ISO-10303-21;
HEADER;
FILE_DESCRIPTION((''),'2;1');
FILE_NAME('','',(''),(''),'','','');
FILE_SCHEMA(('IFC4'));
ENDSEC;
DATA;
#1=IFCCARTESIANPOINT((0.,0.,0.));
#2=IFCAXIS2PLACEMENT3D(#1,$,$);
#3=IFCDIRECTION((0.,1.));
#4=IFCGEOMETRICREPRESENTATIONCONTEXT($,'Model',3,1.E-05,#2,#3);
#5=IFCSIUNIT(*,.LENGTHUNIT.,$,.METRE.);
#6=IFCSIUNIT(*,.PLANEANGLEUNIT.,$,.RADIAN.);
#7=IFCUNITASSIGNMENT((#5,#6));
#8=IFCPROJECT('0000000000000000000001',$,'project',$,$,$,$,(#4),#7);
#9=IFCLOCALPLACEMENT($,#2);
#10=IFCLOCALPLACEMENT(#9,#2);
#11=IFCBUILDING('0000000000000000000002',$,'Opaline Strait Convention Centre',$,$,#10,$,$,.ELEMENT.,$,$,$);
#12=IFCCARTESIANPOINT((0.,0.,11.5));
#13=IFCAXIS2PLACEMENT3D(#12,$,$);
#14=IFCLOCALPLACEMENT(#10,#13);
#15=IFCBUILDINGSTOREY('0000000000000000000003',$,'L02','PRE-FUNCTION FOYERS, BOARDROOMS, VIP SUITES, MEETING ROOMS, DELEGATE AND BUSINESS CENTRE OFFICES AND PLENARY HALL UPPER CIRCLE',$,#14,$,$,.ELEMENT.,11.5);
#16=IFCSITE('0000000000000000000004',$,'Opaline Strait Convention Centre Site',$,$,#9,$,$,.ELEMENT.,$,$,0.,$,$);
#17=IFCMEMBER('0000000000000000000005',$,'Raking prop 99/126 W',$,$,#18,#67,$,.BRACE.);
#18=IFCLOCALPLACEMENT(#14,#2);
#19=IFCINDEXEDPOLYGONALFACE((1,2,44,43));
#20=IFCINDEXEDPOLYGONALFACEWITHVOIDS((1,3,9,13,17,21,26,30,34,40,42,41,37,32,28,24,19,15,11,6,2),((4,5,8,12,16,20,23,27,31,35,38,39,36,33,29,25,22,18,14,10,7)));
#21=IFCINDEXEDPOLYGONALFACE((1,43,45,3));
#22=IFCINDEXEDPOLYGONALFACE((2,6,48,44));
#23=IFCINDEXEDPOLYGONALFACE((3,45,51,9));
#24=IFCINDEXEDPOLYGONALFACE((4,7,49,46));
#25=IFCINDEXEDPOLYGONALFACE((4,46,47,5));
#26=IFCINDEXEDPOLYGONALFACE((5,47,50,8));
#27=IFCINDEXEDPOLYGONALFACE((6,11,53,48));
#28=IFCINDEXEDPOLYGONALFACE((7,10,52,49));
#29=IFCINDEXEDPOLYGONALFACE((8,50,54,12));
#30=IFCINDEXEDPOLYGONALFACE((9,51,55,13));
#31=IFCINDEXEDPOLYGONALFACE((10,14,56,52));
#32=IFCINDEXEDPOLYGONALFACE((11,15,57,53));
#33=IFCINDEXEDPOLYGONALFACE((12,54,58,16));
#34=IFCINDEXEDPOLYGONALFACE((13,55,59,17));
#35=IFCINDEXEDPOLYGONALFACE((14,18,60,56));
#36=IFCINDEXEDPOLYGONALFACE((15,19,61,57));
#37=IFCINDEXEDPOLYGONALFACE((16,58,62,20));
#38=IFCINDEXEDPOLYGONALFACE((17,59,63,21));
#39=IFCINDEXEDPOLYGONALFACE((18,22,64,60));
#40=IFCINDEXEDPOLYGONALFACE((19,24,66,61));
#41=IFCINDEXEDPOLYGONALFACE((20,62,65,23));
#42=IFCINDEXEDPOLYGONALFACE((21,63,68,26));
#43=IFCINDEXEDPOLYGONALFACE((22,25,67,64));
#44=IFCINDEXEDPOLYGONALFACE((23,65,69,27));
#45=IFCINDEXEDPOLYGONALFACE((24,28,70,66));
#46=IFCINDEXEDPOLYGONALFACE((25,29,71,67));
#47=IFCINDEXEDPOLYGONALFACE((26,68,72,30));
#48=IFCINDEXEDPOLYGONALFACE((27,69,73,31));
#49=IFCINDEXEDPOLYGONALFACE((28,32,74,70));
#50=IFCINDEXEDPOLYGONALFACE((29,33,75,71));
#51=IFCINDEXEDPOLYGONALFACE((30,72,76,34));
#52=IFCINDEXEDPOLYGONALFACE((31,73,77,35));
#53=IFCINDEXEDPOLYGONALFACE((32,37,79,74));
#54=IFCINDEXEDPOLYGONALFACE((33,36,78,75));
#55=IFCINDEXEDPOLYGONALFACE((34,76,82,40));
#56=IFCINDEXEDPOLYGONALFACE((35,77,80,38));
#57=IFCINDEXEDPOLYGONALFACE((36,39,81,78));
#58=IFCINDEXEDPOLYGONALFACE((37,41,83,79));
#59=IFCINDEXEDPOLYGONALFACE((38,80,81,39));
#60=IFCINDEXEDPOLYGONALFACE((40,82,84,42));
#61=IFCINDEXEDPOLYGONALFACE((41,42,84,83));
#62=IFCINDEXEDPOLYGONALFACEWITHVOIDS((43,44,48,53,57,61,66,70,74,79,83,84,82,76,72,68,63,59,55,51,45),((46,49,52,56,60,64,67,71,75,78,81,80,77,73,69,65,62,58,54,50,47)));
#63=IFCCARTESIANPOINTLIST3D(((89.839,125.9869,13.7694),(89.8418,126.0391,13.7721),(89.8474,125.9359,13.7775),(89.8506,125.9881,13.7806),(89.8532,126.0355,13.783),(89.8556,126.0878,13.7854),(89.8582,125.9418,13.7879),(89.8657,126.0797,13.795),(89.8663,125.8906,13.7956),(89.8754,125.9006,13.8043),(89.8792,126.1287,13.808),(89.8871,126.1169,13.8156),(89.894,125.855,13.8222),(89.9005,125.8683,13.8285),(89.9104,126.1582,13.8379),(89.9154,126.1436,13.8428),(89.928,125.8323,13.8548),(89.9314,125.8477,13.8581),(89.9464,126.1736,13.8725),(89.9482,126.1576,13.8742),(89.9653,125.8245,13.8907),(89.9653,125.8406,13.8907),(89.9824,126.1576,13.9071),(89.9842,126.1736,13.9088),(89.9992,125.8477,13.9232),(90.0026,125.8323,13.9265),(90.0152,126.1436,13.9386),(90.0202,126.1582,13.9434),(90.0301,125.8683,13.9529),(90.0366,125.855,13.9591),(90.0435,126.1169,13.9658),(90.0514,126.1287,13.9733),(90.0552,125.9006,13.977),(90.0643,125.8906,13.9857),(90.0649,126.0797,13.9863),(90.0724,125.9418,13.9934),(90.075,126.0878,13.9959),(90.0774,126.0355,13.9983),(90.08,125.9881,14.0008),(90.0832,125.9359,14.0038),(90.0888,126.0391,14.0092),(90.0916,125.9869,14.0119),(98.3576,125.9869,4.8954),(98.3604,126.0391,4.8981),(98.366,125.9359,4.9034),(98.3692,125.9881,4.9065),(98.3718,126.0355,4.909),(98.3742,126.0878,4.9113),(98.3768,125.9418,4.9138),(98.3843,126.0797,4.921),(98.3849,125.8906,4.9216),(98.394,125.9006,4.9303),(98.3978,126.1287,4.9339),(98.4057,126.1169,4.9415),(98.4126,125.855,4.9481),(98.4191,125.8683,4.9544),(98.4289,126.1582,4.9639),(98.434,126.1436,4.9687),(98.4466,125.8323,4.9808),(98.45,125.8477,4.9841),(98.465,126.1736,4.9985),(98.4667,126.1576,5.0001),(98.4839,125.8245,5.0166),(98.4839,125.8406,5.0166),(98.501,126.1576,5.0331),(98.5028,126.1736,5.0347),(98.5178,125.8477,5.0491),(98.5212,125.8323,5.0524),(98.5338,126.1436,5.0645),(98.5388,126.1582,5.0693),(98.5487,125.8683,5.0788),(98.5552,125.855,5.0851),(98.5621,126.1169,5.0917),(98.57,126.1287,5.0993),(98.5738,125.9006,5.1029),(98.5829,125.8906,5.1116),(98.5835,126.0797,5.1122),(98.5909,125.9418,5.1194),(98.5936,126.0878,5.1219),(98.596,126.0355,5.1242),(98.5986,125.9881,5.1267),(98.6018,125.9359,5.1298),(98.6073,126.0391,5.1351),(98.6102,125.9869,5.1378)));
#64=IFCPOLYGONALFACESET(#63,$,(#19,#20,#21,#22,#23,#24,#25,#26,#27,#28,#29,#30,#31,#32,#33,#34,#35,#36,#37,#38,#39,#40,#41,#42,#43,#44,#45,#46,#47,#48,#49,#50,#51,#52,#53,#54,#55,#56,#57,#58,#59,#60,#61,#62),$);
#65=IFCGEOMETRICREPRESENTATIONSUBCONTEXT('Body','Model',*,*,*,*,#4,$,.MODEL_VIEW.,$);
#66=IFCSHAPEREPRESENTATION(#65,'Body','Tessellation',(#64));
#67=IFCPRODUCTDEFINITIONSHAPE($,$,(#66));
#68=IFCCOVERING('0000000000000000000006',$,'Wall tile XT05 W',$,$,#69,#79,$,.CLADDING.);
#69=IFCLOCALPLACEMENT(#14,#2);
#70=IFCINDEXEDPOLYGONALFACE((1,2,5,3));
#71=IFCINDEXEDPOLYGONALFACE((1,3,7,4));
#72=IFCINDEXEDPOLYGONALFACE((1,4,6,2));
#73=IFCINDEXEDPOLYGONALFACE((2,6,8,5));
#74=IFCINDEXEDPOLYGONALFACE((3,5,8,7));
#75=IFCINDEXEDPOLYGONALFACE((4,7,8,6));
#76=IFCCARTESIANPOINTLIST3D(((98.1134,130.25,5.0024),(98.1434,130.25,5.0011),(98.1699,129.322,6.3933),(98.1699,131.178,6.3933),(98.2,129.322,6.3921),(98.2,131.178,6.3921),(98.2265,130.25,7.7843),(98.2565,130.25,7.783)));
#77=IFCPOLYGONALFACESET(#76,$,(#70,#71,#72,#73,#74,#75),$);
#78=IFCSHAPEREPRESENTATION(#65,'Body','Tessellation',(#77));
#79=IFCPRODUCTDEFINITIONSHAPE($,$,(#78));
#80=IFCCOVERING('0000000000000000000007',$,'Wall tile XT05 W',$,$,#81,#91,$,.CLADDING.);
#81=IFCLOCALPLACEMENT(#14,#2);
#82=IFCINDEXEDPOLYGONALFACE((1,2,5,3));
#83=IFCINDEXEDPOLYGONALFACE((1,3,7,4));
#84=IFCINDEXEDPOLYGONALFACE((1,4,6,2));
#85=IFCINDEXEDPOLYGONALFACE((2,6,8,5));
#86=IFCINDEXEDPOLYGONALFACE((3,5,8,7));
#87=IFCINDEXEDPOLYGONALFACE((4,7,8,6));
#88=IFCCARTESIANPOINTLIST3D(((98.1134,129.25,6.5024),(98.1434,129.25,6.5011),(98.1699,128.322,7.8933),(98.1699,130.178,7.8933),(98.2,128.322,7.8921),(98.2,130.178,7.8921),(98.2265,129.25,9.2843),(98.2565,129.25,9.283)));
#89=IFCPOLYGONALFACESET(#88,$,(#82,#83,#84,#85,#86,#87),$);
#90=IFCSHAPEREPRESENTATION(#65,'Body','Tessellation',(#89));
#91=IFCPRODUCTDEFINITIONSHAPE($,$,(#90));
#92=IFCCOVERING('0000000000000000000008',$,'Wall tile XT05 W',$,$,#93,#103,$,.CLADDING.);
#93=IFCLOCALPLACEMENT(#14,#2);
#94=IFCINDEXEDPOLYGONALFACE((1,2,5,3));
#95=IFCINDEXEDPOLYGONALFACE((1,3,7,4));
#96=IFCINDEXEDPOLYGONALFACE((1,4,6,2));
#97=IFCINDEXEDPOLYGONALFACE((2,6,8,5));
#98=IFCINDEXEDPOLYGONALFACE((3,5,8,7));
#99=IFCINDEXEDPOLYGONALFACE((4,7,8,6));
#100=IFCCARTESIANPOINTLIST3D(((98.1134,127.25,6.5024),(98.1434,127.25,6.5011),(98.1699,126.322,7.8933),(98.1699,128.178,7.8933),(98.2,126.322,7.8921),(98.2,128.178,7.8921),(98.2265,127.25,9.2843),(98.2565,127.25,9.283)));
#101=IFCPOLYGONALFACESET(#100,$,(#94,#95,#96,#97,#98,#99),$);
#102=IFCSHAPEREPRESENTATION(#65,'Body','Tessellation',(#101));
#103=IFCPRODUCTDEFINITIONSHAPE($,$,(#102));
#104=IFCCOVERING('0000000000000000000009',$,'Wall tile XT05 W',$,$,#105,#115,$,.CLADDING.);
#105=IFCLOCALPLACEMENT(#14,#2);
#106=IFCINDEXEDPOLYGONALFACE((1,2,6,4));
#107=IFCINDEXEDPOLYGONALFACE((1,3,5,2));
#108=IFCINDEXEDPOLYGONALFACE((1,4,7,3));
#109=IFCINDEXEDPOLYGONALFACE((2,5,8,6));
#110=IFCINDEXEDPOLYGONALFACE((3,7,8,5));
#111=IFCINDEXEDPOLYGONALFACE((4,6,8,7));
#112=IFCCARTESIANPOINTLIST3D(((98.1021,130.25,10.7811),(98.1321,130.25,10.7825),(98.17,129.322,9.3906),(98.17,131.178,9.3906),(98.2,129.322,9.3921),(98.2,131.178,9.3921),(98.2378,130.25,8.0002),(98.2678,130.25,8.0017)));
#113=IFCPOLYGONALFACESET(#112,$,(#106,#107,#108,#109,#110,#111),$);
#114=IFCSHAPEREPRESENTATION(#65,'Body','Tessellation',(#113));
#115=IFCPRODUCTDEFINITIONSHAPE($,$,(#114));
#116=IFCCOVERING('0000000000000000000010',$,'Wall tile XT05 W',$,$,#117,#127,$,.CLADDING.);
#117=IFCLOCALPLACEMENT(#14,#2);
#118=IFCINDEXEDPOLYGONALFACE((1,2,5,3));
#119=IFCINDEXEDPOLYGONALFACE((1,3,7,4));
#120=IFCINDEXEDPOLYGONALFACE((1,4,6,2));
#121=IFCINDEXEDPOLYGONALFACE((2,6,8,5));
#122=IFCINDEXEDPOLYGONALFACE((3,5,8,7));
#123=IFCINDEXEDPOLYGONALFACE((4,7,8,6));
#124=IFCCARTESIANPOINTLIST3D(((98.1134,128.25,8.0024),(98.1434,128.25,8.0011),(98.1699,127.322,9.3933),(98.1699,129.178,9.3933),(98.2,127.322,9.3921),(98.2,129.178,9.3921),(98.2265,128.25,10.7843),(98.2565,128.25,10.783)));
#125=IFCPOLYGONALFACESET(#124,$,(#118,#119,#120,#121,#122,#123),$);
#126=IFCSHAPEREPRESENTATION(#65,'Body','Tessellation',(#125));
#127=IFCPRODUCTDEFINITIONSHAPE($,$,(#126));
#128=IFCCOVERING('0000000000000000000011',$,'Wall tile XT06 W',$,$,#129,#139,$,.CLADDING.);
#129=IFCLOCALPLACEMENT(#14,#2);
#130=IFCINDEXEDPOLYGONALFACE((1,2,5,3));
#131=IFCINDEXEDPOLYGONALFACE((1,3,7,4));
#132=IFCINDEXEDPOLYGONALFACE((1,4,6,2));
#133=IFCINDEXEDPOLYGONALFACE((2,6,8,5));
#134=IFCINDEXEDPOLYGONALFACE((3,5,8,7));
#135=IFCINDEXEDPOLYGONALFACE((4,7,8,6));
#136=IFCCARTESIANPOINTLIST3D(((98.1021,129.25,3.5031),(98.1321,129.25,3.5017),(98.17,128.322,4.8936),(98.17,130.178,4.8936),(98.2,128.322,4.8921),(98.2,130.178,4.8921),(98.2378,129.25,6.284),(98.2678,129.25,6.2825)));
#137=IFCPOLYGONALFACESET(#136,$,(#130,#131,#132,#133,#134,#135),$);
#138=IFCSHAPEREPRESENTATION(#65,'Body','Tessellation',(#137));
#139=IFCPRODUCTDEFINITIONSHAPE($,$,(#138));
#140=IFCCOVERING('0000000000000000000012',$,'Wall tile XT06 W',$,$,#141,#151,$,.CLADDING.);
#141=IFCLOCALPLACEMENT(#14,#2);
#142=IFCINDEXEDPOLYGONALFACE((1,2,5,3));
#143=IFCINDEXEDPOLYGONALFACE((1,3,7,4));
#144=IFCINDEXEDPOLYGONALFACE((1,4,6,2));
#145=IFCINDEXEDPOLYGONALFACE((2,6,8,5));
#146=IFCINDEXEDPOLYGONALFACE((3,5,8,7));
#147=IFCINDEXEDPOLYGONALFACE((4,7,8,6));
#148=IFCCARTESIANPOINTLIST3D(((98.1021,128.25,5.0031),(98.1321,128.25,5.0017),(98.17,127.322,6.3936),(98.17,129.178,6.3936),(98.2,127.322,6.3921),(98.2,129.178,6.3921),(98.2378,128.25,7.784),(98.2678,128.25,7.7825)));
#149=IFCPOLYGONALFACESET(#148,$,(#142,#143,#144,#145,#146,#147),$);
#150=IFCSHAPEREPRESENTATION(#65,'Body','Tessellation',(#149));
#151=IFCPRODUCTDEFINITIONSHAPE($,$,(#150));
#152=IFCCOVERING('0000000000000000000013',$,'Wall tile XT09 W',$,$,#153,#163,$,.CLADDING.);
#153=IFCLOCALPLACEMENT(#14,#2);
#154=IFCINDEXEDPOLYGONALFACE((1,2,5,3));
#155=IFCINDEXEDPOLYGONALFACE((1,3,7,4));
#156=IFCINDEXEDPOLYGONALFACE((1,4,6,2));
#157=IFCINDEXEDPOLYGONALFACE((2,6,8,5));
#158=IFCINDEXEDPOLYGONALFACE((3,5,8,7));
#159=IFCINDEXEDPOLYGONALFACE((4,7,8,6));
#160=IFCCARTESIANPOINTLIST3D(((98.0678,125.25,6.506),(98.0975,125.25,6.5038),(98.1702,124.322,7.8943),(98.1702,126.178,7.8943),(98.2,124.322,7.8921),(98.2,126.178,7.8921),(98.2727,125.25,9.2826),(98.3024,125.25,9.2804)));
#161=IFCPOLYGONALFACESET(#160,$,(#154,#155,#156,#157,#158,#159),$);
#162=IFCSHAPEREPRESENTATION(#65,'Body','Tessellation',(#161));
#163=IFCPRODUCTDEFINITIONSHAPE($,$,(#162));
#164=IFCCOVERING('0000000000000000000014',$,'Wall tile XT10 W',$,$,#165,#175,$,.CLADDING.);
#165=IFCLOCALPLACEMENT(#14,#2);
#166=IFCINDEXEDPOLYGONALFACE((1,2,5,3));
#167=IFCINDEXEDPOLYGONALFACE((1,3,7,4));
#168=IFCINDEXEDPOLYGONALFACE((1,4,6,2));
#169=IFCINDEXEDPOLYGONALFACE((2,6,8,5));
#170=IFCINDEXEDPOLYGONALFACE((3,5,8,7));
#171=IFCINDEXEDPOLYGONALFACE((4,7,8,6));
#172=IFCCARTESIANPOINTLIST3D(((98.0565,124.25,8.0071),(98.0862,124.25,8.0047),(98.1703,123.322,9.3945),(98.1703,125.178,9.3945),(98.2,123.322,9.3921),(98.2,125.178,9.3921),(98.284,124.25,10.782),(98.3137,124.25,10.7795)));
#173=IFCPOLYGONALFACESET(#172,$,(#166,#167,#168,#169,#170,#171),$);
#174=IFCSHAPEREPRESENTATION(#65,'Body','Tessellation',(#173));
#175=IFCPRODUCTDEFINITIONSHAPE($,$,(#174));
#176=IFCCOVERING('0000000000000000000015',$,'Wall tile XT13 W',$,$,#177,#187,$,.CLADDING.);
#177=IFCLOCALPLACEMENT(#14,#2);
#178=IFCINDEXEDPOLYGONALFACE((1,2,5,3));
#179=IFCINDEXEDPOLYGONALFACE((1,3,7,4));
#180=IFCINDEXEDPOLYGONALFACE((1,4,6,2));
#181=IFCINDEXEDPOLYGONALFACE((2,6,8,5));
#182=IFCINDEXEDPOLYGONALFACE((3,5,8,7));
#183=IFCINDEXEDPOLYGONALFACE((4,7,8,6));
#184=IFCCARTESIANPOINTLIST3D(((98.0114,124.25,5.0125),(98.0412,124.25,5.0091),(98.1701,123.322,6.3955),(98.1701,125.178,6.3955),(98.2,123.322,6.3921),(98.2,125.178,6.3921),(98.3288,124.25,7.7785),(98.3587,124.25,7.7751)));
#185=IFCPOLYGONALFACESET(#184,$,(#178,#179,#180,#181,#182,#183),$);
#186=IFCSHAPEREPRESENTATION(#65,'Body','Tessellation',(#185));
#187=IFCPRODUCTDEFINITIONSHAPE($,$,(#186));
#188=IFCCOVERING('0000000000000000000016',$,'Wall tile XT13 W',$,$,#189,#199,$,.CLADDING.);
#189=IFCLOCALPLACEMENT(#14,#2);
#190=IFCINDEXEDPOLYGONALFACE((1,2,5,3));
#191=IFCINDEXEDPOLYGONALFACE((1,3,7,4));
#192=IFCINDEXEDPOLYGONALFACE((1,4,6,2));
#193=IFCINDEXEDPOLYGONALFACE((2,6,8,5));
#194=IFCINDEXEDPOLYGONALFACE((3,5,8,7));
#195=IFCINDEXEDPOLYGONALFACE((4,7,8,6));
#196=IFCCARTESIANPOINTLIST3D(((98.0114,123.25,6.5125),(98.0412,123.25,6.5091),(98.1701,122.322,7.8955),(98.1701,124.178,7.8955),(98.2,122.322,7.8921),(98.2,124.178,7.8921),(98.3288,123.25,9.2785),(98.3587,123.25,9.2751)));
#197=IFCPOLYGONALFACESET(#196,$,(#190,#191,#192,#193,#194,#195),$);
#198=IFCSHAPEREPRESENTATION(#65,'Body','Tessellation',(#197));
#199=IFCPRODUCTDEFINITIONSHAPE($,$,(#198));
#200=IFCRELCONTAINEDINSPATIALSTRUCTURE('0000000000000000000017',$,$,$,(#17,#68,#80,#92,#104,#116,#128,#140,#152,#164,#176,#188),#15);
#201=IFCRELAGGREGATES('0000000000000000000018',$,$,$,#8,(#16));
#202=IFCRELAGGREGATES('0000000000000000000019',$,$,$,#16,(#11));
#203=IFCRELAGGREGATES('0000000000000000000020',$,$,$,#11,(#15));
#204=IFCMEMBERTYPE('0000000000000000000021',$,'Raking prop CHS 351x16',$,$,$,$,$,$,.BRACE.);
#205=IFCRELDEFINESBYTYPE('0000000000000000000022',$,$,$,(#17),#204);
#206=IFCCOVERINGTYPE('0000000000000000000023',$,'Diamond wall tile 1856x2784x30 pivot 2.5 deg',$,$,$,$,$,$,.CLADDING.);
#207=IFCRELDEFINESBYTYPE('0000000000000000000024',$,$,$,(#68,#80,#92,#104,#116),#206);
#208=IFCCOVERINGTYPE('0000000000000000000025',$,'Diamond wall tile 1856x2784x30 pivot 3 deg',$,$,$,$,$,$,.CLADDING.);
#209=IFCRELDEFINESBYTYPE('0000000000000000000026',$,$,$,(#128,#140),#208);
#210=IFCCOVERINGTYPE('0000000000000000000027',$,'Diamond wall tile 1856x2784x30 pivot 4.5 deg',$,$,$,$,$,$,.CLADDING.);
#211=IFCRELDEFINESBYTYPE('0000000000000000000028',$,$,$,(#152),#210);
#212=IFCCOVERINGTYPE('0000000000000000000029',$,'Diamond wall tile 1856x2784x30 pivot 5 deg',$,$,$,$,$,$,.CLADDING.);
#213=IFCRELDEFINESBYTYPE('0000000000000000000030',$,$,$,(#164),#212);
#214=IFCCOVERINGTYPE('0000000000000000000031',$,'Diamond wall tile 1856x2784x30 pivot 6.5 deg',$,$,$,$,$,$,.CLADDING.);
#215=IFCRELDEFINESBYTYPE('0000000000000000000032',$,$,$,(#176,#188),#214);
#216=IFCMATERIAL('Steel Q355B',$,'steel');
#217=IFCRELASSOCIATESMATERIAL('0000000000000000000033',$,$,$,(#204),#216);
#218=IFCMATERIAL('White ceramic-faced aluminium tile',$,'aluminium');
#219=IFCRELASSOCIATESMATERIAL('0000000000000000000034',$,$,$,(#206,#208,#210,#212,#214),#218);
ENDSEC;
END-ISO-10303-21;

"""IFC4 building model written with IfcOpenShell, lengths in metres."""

from ifc_helpers import new_model, si_unit, direction, frame, origin, origin_2d, place, context, subcontext, project, spatial, polyline, hollow_circle, outline, extrude, material, material_profile, profile_set, type_object, element, save


model = new_model("IFC4")

# Units and contexts
model_context = context("Model", 3, precision=1e-05, world=origin(), true_north=direction((0.0, 1.0)))
body_context = subcontext(model_context, "Body", "Model", "MODEL_VIEW")
ifc_project = project(units=[si_unit("LENGTHUNIT", "METRE"), si_unit("PLANEANGLEUNIT", "RADIAN")], contexts=[model_context])

# Site, building, storey
site_placement = place(None, origin())
site = spatial("IfcSite", under=ifc_project, at=site_placement, Name="Opaline Strait Convention Centre Site", CompositionType="ELEMENT", RefElevation=0.0)
building_placement = place(site_placement, origin())
building = spatial("IfcBuilding", under=site, at=building_placement, Name="Opaline Strait Convention Centre", CompositionType="ELEMENT")
storey_placement = place(building_placement, frame((0.0, 0.0, 11.5)))
storey = spatial("IfcBuildingStorey", under=building, at=storey_placement, Name="L02", Description="PRE-FUNCTION FOYERS, BOARDROOMS, VIP SUITES, MEETING ROOMS, DELEGATE AND BUSINESS CENTRE OFFICES AND PLENARY HALL UPPER CIRCLE", CompositionType="ELEMENT", Elevation=11.5)

# Member
ifc_material_1 = material(Name="Steel Q355B", Category="steel")
ifc_material_profile_1 = material_profile(ifc_material_1, hollow_circle(Radius=0.1755, WallThickness=0.0161, at=origin_2d()), Name="CHS 351x16")
ifc_profile_set_1 = profile_set([ifc_material_profile_1], Name="Steel Q355B")
member_type = type_object("IfcMemberType", Name="Raking prop CHS 351x16", PredefinedType="BRACE", material=ifc_profile_set_1)
member_placement = place(storey_placement, frame((98.4839, 126.0, 5.0166), z_axis=(-0.69251, 0.0, 0.721408), x_axis=(0.0, -1.0, 0.0)))
element("IfcMember", 1, at=member_placement, inside=storey, type_object=member_type, Name="Raking prop 99/126 W", PredefinedType="BRACE", context=body_context, shape_type="SweptSolid", body=[
    extrude(hollow_circle(Radius=0.1755, WallThickness=0.0161, at=origin_2d()), origin(), (0.0, 0.0, 1.0), 12.301),
])

# Coverings
ifc_material_2 = material(Name="White ceramic-faced aluminium tile", Category="aluminium")
ifc_material_profile_2 = material_profile(ifc_material_2, outline(polyline([(0.928, 0.0), (0.0, 1.3921), (-0.928, 0.0), (0.0, -1.3921), (0.928, 0.0)])), Name="Diamond tile 1856x2784")
ifc_profile_set_2 = profile_set([ifc_material_profile_2], Name="White ceramic-faced aluminium tile")
covering_type_1 = type_object("IfcCoveringType", Name="Diamond wall tile 1856x2784x30 pivot 2.5 deg", PredefinedType="CLADDING", material=ifc_profile_set_2)
for number, where, z_axis, x_axis, name in (
    (2, (98.2, 130.25, 6.3921), (-0.999175, 0.0, 0.040617), (0.0, -1.0, 0.0), "Wall tile XT05 W"),
    (3, (98.2, 129.25, 7.8921), (-0.999175, 0.0, 0.040617), (0.0, -1.0, 0.0), "Wall tile XT05 W"),
    (4, (98.2, 127.25, 7.8921), (-0.999175, 0.0, 0.040617), (0.0, -1.0, 0.0), "Wall tile XT05 W"),
    (5, (98.2, 130.25, 9.3921), (-0.998812, 0.0, -0.048723), (0.0, -1.0, 0.0), "Wall tile XT05 W"),
    (6, (98.2, 128.25, 9.3921), (-0.999175, 0.0, 0.040617), (0.0, -1.0, 0.0), "Wall tile XT05 W"),
):
    element("IfcCovering", number, at=place(storey_placement, frame(where, z_axis=z_axis, x_axis=x_axis)), inside=storey, type_object=covering_type_1, Name=name, PredefinedType="CLADDING", context=body_context, shape_type="SweptSolid", body=[
        extrude(outline(polyline([(0.928, 0.0), (0.0, 1.3921), (-0.928, 0.0), (0.0, -1.3921), (0.928, 0.0)])), origin(), (0.0, 0.0, 1.0), 0.03),
    ])
ifc_material_profile_3 = material_profile(ifc_material_2, outline(polyline([(0.928, 0.0), (0.0, 1.3921), (-0.928, 0.0), (0.0, -1.3921), (0.928, 0.0)])), Name="Diamond tile 1856x2784")
ifc_profile_set_3 = profile_set([ifc_material_profile_3], Name="White ceramic-faced aluminium tile")
covering_type_2 = type_object("IfcCoveringType", Name="Diamond wall tile 1856x2784x30 pivot 3 deg", PredefinedType="CLADDING", material=ifc_profile_set_3)
for number, where, z_axis, x_axis, name in (
    (7, (98.2, 129.25, 4.8921), (-0.998812, 0.0, 0.048723), (0.0, -1.0, 0.0), "Wall tile XT06 W"),
    (8, (98.2, 128.25, 6.3921), (-0.998812, 0.0, 0.048723), (0.0, -1.0, 0.0), "Wall tile XT06 W"),
):
    element("IfcCovering", number, at=place(storey_placement, frame(where, z_axis=z_axis, x_axis=x_axis)), inside=storey, type_object=covering_type_2, Name=name, PredefinedType="CLADDING", context=body_context, shape_type="SweptSolid", body=[
        extrude(outline(polyline([(0.928, 0.0), (0.0, 1.3921), (-0.928, 0.0), (0.0, -1.3921), (0.928, 0.0)])), origin(), (0.0, 0.0, 1.0), 0.03),
    ])
ifc_material_profile_4 = material_profile(ifc_material_2, outline(polyline([(0.928, 0.0), (0.0, 1.3921), (-0.928, 0.0), (0.0, -1.3921), (0.928, 0.0)])), Name="Diamond tile 1856x2784")
ifc_profile_set_4 = profile_set([ifc_material_profile_4], Name="White ceramic-faced aluminium tile")
covering_type_3 = type_object("IfcCoveringType", Name="Diamond wall tile 1856x2784x30 pivot 4.5 deg", PredefinedType="CLADDING", material=ifc_profile_set_4)
covering_1_placement = place(storey_placement, frame((98.2, 125.25, 7.8921), z_axis=(-0.99729, 0.0, 0.073571), x_axis=(0.0, -1.0, 0.0)))
element("IfcCovering", 9, at=covering_1_placement, inside=storey, type_object=covering_type_3, Name="Wall tile XT09 W", PredefinedType="CLADDING", context=body_context, shape_type="SweptSolid", body=[
    extrude(outline(polyline([(0.928, 0.0), (0.0, 1.3921), (-0.928, 0.0), (0.0, -1.3921), (0.928, 0.0)])), origin(), (0.0, 0.0, 1.0), 0.0298),
])
ifc_material_profile_5 = material_profile(ifc_material_2, outline(polyline([(0.928, 0.0), (0.0, 1.3921), (-0.928, 0.0), (0.0, -1.3921), (0.928, 0.0)])), Name="Diamond tile 1856x2784")
ifc_profile_set_5 = profile_set([ifc_material_profile_5], Name="White ceramic-faced aluminium tile")
covering_type_4 = type_object("IfcCoveringType", Name="Diamond wall tile 1856x2784x30 pivot 5 deg", PredefinedType="CLADDING", material=ifc_profile_set_5)
covering_2_placement = place(storey_placement, frame((98.2, 124.25, 9.3921), z_axis=(-0.996658, 0.0, 0.081693), x_axis=(0.0, -1.0, 0.0)))
element("IfcCovering", 10, at=covering_2_placement, inside=storey, type_object=covering_type_4, Name="Wall tile XT10 W", PredefinedType="CLADDING", context=body_context, shape_type="SweptSolid", body=[
    extrude(outline(polyline([(0.928, 0.0), (0.0, 1.3921), (-0.928, 0.0), (0.0, -1.3921), (0.928, 0.0)])), origin(), (0.0, 0.0, 1.0), 0.0298),
])
ifc_material_profile_6 = material_profile(ifc_material_2, outline(polyline([(0.928, 0.0), (0.0, 1.3921), (-0.928, 0.0), (0.0, -1.3921), (0.928, 0.0)])), Name="Diamond tile 1856x2784")
ifc_profile_set_6 = profile_set([ifc_material_profile_6], Name="White ceramic-faced aluminium tile")
covering_type_5 = type_object("IfcCoveringType", Name="Diamond wall tile 1856x2784x30 pivot 6.5 deg", PredefinedType="CLADDING", material=ifc_profile_set_6)
for number, where, z_axis, x_axis, name in (
    (11, (98.2, 124.25, 6.3921), (-0.99348, 0.0, 0.114006), (0.0, -1.0, 0.0), "Wall tile XT13 W"),
    (12, (98.2, 123.25, 7.8921), (-0.99348, 0.0, 0.114006), (0.0, -1.0, 0.0), "Wall tile XT13 W"),
):
    element("IfcCovering", number, at=place(storey_placement, frame(where, z_axis=z_axis, x_axis=x_axis)), inside=storey, type_object=covering_type_5, Name=name, PredefinedType="CLADDING", context=body_context, shape_type="SweptSolid", body=[
        extrude(outline(polyline([(0.928, 0.0), (0.0, 1.3921), (-0.928, 0.0), (0.0, -1.3921), (0.928, 0.0)])), origin(), (0.0, 0.0, 1.0), 0.03),
    ])

save(model, "model.ifc")
